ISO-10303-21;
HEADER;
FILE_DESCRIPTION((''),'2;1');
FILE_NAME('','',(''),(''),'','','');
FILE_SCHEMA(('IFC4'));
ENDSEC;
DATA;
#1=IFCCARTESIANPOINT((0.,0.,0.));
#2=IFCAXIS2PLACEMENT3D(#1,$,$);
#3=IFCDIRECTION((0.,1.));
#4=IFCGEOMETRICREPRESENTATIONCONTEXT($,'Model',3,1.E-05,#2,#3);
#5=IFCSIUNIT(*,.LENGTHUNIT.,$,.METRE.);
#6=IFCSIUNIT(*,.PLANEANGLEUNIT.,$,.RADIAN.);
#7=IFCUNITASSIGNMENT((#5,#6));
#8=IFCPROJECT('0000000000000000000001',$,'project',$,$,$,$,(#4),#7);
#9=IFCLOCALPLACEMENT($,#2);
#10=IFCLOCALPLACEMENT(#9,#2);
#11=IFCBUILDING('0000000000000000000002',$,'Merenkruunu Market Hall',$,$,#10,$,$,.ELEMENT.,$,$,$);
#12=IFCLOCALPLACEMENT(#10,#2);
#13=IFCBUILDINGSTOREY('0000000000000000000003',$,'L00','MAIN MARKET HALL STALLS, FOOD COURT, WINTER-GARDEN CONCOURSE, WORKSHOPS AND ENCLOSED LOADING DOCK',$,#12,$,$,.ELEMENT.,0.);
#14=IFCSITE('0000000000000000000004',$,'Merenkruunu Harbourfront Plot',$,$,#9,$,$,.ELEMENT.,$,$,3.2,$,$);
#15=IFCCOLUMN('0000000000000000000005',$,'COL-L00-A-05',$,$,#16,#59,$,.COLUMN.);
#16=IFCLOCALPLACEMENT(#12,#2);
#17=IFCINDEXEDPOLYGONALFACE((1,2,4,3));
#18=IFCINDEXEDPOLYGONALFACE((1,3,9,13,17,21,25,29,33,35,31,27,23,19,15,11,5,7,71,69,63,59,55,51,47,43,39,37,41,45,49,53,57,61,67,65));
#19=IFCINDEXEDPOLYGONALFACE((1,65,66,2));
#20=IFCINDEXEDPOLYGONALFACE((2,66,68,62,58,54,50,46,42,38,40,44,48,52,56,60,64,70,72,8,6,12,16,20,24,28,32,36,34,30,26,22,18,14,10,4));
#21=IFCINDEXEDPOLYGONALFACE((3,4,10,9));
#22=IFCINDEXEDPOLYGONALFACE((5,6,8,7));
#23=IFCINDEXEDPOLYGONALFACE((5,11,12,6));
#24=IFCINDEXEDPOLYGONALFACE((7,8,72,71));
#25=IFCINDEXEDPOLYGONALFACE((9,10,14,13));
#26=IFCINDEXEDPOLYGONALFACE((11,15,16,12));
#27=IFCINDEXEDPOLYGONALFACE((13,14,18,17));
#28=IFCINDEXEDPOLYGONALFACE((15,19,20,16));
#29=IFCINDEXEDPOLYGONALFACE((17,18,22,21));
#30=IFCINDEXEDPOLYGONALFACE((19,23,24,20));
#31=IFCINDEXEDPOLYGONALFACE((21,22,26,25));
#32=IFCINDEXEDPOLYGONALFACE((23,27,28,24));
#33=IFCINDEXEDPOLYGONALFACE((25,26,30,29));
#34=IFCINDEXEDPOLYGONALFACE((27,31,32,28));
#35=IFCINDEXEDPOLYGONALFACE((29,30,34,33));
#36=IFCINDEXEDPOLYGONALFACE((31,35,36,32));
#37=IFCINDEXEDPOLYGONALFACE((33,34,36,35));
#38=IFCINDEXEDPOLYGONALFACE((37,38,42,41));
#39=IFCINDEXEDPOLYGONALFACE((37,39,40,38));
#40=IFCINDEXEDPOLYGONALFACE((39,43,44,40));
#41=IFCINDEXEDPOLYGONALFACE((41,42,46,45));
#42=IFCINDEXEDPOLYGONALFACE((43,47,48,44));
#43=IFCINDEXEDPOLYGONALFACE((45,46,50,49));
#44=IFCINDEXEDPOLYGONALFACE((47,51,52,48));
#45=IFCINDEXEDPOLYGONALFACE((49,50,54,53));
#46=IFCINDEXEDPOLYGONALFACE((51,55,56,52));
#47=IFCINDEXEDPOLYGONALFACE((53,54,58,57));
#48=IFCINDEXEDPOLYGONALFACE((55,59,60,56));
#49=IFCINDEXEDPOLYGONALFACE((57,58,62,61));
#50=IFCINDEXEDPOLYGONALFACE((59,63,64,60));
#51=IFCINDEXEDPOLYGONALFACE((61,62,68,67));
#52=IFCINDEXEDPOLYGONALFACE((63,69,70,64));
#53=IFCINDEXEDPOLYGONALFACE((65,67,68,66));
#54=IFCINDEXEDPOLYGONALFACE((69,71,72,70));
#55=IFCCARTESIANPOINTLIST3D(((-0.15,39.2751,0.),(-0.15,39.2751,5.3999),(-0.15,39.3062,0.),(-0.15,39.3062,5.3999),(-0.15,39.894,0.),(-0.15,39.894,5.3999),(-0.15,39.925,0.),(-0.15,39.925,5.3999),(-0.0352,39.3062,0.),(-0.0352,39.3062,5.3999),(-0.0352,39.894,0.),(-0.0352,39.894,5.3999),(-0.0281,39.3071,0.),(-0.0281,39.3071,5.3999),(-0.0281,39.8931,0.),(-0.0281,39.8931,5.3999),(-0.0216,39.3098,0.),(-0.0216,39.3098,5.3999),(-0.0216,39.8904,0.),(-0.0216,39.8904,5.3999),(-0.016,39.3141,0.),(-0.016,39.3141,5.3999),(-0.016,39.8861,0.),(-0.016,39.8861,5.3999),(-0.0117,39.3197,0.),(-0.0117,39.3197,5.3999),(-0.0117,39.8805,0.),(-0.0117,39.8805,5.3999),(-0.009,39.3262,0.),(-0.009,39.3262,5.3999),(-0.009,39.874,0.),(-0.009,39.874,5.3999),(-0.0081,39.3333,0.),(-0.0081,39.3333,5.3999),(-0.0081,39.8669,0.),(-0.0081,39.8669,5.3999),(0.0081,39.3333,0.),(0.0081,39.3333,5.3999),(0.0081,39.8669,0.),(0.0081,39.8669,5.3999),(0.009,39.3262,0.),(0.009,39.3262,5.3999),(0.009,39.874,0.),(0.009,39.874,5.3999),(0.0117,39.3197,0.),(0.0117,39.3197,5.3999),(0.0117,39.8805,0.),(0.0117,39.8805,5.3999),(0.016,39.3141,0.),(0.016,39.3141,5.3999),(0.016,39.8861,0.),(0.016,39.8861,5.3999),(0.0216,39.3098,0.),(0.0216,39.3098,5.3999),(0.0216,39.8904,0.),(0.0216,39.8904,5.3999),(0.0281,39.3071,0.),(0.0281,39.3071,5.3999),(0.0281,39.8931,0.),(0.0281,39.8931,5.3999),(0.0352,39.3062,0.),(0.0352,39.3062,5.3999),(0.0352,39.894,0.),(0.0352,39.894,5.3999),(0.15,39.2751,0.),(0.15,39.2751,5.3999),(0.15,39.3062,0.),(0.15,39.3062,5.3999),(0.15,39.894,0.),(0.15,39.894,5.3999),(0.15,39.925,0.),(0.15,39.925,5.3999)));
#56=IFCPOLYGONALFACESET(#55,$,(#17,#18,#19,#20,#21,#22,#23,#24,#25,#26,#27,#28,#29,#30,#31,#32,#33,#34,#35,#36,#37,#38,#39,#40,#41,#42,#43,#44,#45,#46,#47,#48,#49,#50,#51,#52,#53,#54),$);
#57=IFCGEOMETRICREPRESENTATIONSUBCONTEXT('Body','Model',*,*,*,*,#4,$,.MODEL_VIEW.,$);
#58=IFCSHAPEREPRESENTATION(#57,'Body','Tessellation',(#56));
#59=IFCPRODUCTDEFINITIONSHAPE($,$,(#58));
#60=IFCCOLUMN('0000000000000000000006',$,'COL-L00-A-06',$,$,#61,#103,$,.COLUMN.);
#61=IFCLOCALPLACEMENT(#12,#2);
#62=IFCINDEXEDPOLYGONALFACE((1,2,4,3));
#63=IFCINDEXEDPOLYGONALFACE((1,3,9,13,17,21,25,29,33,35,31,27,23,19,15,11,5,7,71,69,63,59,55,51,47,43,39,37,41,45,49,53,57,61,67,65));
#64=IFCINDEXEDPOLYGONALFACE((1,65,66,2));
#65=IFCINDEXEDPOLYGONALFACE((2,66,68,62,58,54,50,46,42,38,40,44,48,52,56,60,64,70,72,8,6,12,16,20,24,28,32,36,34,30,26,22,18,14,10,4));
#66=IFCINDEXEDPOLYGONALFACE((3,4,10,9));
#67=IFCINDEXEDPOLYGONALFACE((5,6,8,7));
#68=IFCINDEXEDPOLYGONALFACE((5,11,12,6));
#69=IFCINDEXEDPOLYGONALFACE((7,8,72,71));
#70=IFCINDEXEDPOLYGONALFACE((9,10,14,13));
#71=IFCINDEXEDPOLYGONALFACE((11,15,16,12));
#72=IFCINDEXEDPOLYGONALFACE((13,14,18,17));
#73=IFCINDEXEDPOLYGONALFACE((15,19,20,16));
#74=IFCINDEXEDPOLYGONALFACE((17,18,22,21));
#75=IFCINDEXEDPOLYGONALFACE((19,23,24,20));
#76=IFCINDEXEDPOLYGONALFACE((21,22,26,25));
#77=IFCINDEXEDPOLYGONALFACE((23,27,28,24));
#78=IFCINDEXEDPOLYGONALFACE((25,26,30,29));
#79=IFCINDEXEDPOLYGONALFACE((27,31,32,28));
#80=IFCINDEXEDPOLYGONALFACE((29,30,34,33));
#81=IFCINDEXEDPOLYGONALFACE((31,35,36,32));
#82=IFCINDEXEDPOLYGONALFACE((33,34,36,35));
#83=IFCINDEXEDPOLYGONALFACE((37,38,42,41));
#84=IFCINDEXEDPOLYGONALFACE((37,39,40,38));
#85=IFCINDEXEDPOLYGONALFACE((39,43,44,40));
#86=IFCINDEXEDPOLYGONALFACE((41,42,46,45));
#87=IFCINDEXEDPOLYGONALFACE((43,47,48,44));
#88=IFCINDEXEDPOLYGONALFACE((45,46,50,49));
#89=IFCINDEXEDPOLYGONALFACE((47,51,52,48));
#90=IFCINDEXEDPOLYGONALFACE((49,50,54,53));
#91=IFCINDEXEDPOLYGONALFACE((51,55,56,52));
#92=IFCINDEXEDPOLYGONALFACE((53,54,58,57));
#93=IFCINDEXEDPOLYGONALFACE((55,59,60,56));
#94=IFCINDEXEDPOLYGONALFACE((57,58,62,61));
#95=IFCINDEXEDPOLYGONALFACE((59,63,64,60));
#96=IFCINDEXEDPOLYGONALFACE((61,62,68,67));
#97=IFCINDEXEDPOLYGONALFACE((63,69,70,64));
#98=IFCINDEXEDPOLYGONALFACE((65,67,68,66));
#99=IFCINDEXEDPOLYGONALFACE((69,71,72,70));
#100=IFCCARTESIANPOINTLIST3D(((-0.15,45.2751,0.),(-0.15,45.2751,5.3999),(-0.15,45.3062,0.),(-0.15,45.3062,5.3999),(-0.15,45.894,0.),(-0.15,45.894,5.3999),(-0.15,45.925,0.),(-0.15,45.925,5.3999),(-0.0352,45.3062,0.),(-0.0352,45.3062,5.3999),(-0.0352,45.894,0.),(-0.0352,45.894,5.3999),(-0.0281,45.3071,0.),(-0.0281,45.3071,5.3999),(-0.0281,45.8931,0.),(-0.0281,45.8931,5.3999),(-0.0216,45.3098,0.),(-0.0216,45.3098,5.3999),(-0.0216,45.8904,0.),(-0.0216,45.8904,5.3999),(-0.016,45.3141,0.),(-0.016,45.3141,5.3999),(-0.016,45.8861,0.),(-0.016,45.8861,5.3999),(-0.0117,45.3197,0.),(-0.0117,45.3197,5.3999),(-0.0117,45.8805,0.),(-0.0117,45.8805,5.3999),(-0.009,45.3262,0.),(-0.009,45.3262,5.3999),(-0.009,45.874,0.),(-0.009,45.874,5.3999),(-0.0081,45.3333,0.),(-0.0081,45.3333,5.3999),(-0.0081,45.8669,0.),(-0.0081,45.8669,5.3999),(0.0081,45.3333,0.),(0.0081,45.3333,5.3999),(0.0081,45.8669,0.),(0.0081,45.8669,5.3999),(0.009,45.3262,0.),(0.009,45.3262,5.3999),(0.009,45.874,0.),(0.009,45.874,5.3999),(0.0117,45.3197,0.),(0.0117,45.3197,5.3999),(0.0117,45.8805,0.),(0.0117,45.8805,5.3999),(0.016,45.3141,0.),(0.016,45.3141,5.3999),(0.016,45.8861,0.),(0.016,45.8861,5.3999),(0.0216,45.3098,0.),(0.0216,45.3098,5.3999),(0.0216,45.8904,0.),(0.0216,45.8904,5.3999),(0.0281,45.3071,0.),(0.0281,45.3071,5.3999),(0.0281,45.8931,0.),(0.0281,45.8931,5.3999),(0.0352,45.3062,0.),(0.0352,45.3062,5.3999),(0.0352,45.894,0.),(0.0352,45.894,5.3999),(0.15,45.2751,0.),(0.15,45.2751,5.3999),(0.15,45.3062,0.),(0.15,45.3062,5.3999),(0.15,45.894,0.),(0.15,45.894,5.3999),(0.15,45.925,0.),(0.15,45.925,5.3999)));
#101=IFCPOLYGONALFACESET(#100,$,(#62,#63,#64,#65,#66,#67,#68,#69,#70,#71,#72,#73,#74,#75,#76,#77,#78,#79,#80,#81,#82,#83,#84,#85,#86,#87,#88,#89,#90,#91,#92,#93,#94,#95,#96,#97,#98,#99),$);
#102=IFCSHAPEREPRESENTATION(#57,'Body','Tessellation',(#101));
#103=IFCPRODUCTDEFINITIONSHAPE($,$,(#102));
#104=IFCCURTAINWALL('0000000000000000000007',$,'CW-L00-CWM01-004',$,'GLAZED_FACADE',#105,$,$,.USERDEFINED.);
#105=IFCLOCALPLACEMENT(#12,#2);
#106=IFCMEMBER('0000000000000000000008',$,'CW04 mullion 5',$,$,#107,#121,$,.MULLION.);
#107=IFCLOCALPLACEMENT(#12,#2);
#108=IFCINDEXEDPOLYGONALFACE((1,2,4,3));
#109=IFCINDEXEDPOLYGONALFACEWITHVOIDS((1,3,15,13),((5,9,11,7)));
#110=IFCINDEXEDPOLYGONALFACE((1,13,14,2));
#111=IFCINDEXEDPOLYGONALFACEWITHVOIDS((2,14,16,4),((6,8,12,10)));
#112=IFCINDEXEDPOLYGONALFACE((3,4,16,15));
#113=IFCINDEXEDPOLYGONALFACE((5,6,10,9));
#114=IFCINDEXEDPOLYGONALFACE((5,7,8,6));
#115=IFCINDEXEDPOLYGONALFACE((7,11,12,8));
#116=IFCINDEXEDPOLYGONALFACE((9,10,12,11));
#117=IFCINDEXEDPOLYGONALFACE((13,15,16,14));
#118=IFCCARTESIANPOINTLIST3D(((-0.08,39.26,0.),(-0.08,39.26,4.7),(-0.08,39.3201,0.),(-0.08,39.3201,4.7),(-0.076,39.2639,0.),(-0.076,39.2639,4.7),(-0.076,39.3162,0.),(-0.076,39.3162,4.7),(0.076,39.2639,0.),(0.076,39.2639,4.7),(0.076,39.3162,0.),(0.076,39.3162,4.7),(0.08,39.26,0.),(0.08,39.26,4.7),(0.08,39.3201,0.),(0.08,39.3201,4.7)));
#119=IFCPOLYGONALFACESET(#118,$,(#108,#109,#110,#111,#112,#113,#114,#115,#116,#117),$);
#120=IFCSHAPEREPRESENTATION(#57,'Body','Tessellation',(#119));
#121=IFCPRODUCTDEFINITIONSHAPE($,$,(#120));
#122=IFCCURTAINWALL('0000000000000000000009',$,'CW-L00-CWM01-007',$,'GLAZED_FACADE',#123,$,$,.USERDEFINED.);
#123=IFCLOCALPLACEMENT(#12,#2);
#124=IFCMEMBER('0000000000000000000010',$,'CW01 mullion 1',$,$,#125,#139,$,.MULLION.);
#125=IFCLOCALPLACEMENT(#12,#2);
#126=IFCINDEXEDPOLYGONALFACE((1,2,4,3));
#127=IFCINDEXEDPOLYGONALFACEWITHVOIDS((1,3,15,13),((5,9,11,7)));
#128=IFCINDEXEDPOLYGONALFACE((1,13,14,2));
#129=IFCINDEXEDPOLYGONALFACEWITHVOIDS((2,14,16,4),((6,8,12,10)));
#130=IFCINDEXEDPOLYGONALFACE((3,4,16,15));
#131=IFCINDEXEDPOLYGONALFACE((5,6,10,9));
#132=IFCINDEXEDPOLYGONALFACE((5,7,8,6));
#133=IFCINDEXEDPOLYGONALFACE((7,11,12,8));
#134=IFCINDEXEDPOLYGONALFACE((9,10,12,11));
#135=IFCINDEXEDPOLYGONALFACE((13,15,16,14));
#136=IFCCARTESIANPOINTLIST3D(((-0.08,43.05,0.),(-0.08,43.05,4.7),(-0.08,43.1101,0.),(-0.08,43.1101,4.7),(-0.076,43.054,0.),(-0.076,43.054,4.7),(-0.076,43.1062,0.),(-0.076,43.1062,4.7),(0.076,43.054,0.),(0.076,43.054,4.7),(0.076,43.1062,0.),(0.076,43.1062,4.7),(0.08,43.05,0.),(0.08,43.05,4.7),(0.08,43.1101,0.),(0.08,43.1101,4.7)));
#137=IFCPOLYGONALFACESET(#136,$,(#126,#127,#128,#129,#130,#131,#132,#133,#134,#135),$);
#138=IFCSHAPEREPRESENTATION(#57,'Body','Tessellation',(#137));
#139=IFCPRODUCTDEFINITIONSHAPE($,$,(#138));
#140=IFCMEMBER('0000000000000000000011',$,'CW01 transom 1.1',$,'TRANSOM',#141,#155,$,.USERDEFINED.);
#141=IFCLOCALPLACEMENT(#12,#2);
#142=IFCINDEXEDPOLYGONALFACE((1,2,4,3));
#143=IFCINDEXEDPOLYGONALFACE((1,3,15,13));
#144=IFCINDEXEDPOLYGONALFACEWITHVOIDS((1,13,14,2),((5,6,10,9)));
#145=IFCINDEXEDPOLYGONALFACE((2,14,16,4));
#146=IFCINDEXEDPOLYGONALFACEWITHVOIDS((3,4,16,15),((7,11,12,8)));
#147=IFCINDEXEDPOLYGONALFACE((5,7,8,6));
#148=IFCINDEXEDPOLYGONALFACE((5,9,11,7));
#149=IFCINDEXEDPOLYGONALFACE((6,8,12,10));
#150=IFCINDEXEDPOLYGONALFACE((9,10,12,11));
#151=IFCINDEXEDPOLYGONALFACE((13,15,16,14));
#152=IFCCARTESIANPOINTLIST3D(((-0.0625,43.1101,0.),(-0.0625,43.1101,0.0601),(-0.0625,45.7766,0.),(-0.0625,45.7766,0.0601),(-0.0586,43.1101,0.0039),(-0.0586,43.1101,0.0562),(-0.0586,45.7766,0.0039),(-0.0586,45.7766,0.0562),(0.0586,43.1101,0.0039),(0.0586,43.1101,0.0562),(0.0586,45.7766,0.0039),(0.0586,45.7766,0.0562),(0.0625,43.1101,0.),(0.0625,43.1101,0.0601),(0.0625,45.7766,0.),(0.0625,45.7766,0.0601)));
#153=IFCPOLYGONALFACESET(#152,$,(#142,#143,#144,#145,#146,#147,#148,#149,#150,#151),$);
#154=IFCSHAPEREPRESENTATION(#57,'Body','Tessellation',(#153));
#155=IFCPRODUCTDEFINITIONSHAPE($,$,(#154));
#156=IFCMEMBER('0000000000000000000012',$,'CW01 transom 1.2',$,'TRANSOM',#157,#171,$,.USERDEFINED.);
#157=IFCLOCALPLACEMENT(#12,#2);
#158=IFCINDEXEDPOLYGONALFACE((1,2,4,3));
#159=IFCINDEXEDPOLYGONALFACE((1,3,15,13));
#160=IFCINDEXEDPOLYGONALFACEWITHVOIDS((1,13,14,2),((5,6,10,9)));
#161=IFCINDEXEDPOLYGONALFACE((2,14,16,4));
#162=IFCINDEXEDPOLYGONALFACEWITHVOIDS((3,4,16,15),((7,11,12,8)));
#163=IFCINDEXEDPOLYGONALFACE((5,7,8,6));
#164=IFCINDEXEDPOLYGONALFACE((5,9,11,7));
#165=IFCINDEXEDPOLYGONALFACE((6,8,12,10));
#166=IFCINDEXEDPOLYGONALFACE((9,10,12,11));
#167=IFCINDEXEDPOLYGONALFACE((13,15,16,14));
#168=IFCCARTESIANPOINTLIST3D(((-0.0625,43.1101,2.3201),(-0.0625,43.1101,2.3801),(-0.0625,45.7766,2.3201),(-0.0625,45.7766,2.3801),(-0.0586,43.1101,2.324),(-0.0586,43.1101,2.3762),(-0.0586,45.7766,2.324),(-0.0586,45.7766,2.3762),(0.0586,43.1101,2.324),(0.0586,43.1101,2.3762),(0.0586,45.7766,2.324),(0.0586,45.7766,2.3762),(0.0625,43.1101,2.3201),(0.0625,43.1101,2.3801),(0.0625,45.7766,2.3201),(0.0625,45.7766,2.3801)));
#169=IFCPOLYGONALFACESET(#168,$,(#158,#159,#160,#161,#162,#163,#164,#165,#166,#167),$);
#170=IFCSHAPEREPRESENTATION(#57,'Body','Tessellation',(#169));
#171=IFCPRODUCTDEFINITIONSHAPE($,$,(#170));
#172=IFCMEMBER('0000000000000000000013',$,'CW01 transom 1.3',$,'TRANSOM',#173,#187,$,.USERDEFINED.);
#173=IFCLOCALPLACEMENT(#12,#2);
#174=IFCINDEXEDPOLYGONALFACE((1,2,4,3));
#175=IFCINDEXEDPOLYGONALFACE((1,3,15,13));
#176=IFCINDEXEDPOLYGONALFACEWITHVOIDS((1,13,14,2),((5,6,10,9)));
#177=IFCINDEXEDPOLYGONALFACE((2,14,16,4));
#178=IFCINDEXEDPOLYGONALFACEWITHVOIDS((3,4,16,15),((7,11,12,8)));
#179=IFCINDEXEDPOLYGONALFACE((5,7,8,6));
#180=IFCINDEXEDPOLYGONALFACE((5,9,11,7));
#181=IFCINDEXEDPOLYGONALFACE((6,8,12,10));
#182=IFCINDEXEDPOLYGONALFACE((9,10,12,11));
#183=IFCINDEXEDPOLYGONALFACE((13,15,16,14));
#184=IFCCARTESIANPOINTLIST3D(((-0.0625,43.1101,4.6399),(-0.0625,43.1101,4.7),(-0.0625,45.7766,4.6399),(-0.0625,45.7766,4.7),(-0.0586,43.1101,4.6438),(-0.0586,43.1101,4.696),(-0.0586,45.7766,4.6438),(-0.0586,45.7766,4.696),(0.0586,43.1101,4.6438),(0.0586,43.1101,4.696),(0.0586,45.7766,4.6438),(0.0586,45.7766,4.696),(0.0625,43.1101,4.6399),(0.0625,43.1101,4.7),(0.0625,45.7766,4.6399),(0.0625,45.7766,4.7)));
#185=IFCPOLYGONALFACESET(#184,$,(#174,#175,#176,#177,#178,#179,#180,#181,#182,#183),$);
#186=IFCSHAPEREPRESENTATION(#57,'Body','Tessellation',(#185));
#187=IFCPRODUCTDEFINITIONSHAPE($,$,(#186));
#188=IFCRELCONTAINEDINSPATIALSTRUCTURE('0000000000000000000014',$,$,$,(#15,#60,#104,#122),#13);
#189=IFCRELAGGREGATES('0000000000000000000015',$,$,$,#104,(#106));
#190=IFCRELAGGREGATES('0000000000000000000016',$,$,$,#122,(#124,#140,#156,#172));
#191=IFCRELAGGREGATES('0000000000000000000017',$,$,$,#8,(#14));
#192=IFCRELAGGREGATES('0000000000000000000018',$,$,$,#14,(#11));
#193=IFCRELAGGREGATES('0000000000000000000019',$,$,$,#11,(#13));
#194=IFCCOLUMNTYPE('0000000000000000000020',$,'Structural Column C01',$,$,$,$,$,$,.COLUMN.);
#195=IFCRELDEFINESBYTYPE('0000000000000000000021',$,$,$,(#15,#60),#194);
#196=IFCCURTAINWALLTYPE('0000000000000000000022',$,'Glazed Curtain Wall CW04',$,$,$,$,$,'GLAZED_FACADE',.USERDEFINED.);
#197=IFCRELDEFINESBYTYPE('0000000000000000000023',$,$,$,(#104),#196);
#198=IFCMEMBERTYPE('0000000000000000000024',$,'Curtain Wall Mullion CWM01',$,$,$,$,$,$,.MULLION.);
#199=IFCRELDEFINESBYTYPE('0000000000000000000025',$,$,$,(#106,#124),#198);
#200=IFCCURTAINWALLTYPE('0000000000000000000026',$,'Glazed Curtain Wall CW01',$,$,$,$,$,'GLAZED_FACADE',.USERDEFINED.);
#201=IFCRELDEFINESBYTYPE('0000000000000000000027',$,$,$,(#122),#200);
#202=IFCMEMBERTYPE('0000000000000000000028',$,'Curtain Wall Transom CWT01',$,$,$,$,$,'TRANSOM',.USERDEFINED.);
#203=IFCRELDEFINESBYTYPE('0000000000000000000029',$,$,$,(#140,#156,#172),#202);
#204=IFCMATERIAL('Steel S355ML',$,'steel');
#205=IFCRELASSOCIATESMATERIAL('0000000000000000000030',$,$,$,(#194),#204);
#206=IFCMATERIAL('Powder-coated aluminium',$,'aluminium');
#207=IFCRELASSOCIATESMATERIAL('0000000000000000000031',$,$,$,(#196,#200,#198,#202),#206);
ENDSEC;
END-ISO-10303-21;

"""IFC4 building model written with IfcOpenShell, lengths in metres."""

from ifc_helpers import new_model, si_unit, direction, frame, origin, origin_2d, place, context, subcontext, project, spatial, hollow_rectangle, i_section, extrude, material, material_profile, profile_set, type_object, element, aggregate, save


model = new_model("IFC4")

# Units and contexts
model_context = context("Model", 3, precision=1e-05, world=origin(), true_north=direction((0.0, 1.0)))
body_context = subcontext(model_context, "Body", "Model", "MODEL_VIEW")
ifc_project = project(units=[si_unit("LENGTHUNIT", "METRE"), si_unit("PLANEANGLEUNIT", "RADIAN")], contexts=[model_context])

# Site, building, storey
site_placement = place(None, origin())
site = spatial("IfcSite", under=ifc_project, at=site_placement, Name="Merenkruunu Harbourfront Plot", CompositionType="ELEMENT", RefElevation=3.2)
building_placement = place(site_placement, origin())
building = spatial("IfcBuilding", under=site, at=building_placement, Name="Merenkruunu Market Hall", CompositionType="ELEMENT")
storey_placement = place(building_placement, origin())
storey = spatial("IfcBuildingStorey", under=building, at=storey_placement, Name="L00", Description="MAIN MARKET HALL STALLS, FOOD COURT, WINTER-GARDEN CONCOURSE, WORKSHOPS AND ENCLOSED LOADING DOCK", CompositionType="ELEMENT", Elevation=0.0)

# Columns
ifc_material_1 = material(Name="Steel S355ML", Category="steel")
ifc_material_profile_1 = material_profile(ifc_material_1, i_section(OverallWidth=0.3, OverallDepth=0.6499, WebThickness=0.0161, FlangeThickness=0.031, FilletRadius=0.0271, at=origin_2d()), Name="HEB 650")
ifc_profile_set_1 = profile_set([ifc_material_profile_1], Name="Steel S355ML")
column_type = type_object("IfcColumnType", Name="Structural Column C01", PredefinedType="COLUMN", material=ifc_profile_set_1)
for number, where, z_axis, x_axis, name in (
    (1, (0.0, 39.6001, 0.0), (0.0, 0.0, 1.0), (1.0, 0.0, 0.0), "COL-L00-A-05"),
    (2, (0.0, 45.6001, 0.0), (0.0, 0.0, 1.0), (1.0, 0.0, 0.0), "COL-L00-A-06"),
):
    element("IfcColumn", number, at=place(storey_placement, frame(where, z_axis=z_axis, x_axis=x_axis)), inside=storey, type_object=column_type, Name=name, PredefinedType="COLUMN", context=body_context, shape_type="SweptSolid", body=[
        extrude(i_section(OverallWidth=0.3, OverallDepth=0.6499, WebThickness=0.0161, FlangeThickness=0.031, FilletRadius=0.0271, at=origin_2d()), origin(), (0.0, 0.0, 1.0), 5.3999),
    ])

# Curtain wall, member
ifc_material_2 = material(Name="Powder-coated aluminium", Category="aluminium")
curtain_wall_type_1 = type_object("IfcCurtainWallType", Name="Glazed Curtain Wall CW04", ElementType="GLAZED_FACADE", PredefinedType="USERDEFINED", material=ifc_material_2)
curtain_wall_1_placement = place(storey_placement, origin())
curtain_wall_1 = element("IfcCurtainWall", 3, at=curtain_wall_1_placement, inside=storey, type_object=curtain_wall_type_1, Name="CW-L00-CWM01-004", ObjectType="GLAZED_FACADE", PredefinedType="USERDEFINED")
ifc_material_profile_2 = material_profile(ifc_material_2, hollow_rectangle(XDim=0.0601, YDim=0.1599, WallThickness=0.0039, at=origin_2d()), Name="ALU 60x160x4")
ifc_profile_set_2 = profile_set([ifc_material_profile_2], Name="Powder-coated aluminium")
member_type_1 = type_object("IfcMemberType", Name="Curtain Wall Mullion CWM01", PredefinedType="MULLION", material=ifc_profile_set_2)
member_1_placement = place(storey_placement, frame((0.0, 39.29, 0.0), z_axis=(0.0, 0.0, 1.0), x_axis=(0.0, 1.0, 0.0)))
member_1 = element("IfcMember", 4, at=member_1_placement, type_object=member_type_1, Name="CW04 mullion 5", PredefinedType="MULLION", context=body_context, shape_type="SweptSolid", body=[
    extrude(hollow_rectangle(XDim=0.0601, YDim=0.1599, WallThickness=0.0039, at=origin_2d()), origin(), (0.0, 0.0, 1.0), 4.7),
])

# Curtain wall, members
curtain_wall_type_2 = type_object("IfcCurtainWallType", Name="Glazed Curtain Wall CW01", ElementType="GLAZED_FACADE", PredefinedType="USERDEFINED", material=ifc_material_2)
curtain_wall_2_placement = place(storey_placement, origin())
curtain_wall_2 = element("IfcCurtainWall", 5, at=curtain_wall_2_placement, inside=storey, type_object=curtain_wall_type_2, Name="CW-L00-CWM01-007", ObjectType="GLAZED_FACADE", PredefinedType="USERDEFINED")
member_2_placement = place(storey_placement, frame((0.0, 43.0801, 0.0), z_axis=(0.0, 0.0, 1.0), x_axis=(0.0, 1.0, 0.0)))
member_2 = element("IfcMember", 6, at=member_2_placement, type_object=member_type_1, Name="CW01 mullion 1", PredefinedType="MULLION", context=body_context, shape_type="SweptSolid", body=[
    extrude(hollow_rectangle(XDim=0.0601, YDim=0.1599, WallThickness=0.0039, at=origin_2d()), origin(), (0.0, 0.0, 1.0), 4.7),
])
ifc_material_profile_3 = material_profile(ifc_material_2, hollow_rectangle(XDim=0.0601, YDim=0.125, WallThickness=0.0039, at=origin_2d()), Name="ALU 60x125x4")
ifc_profile_set_3 = profile_set([ifc_material_profile_3], Name="Powder-coated aluminium")
member_type_2 = type_object("IfcMemberType", Name="Curtain Wall Transom CWT01", ElementType="TRANSOM", PredefinedType="USERDEFINED", material=ifc_profile_set_3)
member_3_placement = place(storey_placement, frame((0.0, 43.1101, 0.03), z_axis=(0.0, 1.0, 0.0), x_axis=(0.0, 0.0, 1.0)))
member_3 = element("IfcMember", 7, at=member_3_placement, type_object=member_type_2, Name="CW01 transom 1.1", ObjectType="TRANSOM", PredefinedType="USERDEFINED", context=body_context, shape_type="SweptSolid", body=[
    extrude(hollow_rectangle(XDim=0.0601, YDim=0.125, WallThickness=0.0039, at=origin_2d()), origin(), (0.0, 0.0, 1.0), 2.6665),
])
member_4_placement = place(storey_placement, frame((0.0, 43.1101, 2.3501), z_axis=(0.0, 1.0, 0.0), x_axis=(0.0, 0.0, 1.0)))
member_4 = element("IfcMember", 8, at=member_4_placement, type_object=member_type_2, Name="CW01 transom 1.2", ObjectType="TRANSOM", PredefinedType="USERDEFINED", context=body_context, shape_type="SweptSolid", body=[
    extrude(hollow_rectangle(XDim=0.0601, YDim=0.125, WallThickness=0.0039, at=origin_2d()), origin(), (0.0, 0.0, 1.0), 2.6665),
])
member_5_placement = place(storey_placement, frame((0.0, 43.1101, 4.6699), z_axis=(0.0, 1.0, 0.0), x_axis=(0.0, 0.0, 1.0)))
member_5 = element("IfcMember", 9, at=member_5_placement, type_object=member_type_2, Name="CW01 transom 1.3", ObjectType="TRANSOM", PredefinedType="USERDEFINED", context=body_context, shape_type="SweptSolid", body=[
    extrude(hollow_rectangle(XDim=0.0601, YDim=0.125, WallThickness=0.0039, at=origin_2d()), origin(), (0.0, 0.0, 1.0), 2.6665),
])

aggregate(curtain_wall_1, [member_1])
aggregate(curtain_wall_2, [member_2, member_3, member_4, member_5])

save(model, "model.ifc")
